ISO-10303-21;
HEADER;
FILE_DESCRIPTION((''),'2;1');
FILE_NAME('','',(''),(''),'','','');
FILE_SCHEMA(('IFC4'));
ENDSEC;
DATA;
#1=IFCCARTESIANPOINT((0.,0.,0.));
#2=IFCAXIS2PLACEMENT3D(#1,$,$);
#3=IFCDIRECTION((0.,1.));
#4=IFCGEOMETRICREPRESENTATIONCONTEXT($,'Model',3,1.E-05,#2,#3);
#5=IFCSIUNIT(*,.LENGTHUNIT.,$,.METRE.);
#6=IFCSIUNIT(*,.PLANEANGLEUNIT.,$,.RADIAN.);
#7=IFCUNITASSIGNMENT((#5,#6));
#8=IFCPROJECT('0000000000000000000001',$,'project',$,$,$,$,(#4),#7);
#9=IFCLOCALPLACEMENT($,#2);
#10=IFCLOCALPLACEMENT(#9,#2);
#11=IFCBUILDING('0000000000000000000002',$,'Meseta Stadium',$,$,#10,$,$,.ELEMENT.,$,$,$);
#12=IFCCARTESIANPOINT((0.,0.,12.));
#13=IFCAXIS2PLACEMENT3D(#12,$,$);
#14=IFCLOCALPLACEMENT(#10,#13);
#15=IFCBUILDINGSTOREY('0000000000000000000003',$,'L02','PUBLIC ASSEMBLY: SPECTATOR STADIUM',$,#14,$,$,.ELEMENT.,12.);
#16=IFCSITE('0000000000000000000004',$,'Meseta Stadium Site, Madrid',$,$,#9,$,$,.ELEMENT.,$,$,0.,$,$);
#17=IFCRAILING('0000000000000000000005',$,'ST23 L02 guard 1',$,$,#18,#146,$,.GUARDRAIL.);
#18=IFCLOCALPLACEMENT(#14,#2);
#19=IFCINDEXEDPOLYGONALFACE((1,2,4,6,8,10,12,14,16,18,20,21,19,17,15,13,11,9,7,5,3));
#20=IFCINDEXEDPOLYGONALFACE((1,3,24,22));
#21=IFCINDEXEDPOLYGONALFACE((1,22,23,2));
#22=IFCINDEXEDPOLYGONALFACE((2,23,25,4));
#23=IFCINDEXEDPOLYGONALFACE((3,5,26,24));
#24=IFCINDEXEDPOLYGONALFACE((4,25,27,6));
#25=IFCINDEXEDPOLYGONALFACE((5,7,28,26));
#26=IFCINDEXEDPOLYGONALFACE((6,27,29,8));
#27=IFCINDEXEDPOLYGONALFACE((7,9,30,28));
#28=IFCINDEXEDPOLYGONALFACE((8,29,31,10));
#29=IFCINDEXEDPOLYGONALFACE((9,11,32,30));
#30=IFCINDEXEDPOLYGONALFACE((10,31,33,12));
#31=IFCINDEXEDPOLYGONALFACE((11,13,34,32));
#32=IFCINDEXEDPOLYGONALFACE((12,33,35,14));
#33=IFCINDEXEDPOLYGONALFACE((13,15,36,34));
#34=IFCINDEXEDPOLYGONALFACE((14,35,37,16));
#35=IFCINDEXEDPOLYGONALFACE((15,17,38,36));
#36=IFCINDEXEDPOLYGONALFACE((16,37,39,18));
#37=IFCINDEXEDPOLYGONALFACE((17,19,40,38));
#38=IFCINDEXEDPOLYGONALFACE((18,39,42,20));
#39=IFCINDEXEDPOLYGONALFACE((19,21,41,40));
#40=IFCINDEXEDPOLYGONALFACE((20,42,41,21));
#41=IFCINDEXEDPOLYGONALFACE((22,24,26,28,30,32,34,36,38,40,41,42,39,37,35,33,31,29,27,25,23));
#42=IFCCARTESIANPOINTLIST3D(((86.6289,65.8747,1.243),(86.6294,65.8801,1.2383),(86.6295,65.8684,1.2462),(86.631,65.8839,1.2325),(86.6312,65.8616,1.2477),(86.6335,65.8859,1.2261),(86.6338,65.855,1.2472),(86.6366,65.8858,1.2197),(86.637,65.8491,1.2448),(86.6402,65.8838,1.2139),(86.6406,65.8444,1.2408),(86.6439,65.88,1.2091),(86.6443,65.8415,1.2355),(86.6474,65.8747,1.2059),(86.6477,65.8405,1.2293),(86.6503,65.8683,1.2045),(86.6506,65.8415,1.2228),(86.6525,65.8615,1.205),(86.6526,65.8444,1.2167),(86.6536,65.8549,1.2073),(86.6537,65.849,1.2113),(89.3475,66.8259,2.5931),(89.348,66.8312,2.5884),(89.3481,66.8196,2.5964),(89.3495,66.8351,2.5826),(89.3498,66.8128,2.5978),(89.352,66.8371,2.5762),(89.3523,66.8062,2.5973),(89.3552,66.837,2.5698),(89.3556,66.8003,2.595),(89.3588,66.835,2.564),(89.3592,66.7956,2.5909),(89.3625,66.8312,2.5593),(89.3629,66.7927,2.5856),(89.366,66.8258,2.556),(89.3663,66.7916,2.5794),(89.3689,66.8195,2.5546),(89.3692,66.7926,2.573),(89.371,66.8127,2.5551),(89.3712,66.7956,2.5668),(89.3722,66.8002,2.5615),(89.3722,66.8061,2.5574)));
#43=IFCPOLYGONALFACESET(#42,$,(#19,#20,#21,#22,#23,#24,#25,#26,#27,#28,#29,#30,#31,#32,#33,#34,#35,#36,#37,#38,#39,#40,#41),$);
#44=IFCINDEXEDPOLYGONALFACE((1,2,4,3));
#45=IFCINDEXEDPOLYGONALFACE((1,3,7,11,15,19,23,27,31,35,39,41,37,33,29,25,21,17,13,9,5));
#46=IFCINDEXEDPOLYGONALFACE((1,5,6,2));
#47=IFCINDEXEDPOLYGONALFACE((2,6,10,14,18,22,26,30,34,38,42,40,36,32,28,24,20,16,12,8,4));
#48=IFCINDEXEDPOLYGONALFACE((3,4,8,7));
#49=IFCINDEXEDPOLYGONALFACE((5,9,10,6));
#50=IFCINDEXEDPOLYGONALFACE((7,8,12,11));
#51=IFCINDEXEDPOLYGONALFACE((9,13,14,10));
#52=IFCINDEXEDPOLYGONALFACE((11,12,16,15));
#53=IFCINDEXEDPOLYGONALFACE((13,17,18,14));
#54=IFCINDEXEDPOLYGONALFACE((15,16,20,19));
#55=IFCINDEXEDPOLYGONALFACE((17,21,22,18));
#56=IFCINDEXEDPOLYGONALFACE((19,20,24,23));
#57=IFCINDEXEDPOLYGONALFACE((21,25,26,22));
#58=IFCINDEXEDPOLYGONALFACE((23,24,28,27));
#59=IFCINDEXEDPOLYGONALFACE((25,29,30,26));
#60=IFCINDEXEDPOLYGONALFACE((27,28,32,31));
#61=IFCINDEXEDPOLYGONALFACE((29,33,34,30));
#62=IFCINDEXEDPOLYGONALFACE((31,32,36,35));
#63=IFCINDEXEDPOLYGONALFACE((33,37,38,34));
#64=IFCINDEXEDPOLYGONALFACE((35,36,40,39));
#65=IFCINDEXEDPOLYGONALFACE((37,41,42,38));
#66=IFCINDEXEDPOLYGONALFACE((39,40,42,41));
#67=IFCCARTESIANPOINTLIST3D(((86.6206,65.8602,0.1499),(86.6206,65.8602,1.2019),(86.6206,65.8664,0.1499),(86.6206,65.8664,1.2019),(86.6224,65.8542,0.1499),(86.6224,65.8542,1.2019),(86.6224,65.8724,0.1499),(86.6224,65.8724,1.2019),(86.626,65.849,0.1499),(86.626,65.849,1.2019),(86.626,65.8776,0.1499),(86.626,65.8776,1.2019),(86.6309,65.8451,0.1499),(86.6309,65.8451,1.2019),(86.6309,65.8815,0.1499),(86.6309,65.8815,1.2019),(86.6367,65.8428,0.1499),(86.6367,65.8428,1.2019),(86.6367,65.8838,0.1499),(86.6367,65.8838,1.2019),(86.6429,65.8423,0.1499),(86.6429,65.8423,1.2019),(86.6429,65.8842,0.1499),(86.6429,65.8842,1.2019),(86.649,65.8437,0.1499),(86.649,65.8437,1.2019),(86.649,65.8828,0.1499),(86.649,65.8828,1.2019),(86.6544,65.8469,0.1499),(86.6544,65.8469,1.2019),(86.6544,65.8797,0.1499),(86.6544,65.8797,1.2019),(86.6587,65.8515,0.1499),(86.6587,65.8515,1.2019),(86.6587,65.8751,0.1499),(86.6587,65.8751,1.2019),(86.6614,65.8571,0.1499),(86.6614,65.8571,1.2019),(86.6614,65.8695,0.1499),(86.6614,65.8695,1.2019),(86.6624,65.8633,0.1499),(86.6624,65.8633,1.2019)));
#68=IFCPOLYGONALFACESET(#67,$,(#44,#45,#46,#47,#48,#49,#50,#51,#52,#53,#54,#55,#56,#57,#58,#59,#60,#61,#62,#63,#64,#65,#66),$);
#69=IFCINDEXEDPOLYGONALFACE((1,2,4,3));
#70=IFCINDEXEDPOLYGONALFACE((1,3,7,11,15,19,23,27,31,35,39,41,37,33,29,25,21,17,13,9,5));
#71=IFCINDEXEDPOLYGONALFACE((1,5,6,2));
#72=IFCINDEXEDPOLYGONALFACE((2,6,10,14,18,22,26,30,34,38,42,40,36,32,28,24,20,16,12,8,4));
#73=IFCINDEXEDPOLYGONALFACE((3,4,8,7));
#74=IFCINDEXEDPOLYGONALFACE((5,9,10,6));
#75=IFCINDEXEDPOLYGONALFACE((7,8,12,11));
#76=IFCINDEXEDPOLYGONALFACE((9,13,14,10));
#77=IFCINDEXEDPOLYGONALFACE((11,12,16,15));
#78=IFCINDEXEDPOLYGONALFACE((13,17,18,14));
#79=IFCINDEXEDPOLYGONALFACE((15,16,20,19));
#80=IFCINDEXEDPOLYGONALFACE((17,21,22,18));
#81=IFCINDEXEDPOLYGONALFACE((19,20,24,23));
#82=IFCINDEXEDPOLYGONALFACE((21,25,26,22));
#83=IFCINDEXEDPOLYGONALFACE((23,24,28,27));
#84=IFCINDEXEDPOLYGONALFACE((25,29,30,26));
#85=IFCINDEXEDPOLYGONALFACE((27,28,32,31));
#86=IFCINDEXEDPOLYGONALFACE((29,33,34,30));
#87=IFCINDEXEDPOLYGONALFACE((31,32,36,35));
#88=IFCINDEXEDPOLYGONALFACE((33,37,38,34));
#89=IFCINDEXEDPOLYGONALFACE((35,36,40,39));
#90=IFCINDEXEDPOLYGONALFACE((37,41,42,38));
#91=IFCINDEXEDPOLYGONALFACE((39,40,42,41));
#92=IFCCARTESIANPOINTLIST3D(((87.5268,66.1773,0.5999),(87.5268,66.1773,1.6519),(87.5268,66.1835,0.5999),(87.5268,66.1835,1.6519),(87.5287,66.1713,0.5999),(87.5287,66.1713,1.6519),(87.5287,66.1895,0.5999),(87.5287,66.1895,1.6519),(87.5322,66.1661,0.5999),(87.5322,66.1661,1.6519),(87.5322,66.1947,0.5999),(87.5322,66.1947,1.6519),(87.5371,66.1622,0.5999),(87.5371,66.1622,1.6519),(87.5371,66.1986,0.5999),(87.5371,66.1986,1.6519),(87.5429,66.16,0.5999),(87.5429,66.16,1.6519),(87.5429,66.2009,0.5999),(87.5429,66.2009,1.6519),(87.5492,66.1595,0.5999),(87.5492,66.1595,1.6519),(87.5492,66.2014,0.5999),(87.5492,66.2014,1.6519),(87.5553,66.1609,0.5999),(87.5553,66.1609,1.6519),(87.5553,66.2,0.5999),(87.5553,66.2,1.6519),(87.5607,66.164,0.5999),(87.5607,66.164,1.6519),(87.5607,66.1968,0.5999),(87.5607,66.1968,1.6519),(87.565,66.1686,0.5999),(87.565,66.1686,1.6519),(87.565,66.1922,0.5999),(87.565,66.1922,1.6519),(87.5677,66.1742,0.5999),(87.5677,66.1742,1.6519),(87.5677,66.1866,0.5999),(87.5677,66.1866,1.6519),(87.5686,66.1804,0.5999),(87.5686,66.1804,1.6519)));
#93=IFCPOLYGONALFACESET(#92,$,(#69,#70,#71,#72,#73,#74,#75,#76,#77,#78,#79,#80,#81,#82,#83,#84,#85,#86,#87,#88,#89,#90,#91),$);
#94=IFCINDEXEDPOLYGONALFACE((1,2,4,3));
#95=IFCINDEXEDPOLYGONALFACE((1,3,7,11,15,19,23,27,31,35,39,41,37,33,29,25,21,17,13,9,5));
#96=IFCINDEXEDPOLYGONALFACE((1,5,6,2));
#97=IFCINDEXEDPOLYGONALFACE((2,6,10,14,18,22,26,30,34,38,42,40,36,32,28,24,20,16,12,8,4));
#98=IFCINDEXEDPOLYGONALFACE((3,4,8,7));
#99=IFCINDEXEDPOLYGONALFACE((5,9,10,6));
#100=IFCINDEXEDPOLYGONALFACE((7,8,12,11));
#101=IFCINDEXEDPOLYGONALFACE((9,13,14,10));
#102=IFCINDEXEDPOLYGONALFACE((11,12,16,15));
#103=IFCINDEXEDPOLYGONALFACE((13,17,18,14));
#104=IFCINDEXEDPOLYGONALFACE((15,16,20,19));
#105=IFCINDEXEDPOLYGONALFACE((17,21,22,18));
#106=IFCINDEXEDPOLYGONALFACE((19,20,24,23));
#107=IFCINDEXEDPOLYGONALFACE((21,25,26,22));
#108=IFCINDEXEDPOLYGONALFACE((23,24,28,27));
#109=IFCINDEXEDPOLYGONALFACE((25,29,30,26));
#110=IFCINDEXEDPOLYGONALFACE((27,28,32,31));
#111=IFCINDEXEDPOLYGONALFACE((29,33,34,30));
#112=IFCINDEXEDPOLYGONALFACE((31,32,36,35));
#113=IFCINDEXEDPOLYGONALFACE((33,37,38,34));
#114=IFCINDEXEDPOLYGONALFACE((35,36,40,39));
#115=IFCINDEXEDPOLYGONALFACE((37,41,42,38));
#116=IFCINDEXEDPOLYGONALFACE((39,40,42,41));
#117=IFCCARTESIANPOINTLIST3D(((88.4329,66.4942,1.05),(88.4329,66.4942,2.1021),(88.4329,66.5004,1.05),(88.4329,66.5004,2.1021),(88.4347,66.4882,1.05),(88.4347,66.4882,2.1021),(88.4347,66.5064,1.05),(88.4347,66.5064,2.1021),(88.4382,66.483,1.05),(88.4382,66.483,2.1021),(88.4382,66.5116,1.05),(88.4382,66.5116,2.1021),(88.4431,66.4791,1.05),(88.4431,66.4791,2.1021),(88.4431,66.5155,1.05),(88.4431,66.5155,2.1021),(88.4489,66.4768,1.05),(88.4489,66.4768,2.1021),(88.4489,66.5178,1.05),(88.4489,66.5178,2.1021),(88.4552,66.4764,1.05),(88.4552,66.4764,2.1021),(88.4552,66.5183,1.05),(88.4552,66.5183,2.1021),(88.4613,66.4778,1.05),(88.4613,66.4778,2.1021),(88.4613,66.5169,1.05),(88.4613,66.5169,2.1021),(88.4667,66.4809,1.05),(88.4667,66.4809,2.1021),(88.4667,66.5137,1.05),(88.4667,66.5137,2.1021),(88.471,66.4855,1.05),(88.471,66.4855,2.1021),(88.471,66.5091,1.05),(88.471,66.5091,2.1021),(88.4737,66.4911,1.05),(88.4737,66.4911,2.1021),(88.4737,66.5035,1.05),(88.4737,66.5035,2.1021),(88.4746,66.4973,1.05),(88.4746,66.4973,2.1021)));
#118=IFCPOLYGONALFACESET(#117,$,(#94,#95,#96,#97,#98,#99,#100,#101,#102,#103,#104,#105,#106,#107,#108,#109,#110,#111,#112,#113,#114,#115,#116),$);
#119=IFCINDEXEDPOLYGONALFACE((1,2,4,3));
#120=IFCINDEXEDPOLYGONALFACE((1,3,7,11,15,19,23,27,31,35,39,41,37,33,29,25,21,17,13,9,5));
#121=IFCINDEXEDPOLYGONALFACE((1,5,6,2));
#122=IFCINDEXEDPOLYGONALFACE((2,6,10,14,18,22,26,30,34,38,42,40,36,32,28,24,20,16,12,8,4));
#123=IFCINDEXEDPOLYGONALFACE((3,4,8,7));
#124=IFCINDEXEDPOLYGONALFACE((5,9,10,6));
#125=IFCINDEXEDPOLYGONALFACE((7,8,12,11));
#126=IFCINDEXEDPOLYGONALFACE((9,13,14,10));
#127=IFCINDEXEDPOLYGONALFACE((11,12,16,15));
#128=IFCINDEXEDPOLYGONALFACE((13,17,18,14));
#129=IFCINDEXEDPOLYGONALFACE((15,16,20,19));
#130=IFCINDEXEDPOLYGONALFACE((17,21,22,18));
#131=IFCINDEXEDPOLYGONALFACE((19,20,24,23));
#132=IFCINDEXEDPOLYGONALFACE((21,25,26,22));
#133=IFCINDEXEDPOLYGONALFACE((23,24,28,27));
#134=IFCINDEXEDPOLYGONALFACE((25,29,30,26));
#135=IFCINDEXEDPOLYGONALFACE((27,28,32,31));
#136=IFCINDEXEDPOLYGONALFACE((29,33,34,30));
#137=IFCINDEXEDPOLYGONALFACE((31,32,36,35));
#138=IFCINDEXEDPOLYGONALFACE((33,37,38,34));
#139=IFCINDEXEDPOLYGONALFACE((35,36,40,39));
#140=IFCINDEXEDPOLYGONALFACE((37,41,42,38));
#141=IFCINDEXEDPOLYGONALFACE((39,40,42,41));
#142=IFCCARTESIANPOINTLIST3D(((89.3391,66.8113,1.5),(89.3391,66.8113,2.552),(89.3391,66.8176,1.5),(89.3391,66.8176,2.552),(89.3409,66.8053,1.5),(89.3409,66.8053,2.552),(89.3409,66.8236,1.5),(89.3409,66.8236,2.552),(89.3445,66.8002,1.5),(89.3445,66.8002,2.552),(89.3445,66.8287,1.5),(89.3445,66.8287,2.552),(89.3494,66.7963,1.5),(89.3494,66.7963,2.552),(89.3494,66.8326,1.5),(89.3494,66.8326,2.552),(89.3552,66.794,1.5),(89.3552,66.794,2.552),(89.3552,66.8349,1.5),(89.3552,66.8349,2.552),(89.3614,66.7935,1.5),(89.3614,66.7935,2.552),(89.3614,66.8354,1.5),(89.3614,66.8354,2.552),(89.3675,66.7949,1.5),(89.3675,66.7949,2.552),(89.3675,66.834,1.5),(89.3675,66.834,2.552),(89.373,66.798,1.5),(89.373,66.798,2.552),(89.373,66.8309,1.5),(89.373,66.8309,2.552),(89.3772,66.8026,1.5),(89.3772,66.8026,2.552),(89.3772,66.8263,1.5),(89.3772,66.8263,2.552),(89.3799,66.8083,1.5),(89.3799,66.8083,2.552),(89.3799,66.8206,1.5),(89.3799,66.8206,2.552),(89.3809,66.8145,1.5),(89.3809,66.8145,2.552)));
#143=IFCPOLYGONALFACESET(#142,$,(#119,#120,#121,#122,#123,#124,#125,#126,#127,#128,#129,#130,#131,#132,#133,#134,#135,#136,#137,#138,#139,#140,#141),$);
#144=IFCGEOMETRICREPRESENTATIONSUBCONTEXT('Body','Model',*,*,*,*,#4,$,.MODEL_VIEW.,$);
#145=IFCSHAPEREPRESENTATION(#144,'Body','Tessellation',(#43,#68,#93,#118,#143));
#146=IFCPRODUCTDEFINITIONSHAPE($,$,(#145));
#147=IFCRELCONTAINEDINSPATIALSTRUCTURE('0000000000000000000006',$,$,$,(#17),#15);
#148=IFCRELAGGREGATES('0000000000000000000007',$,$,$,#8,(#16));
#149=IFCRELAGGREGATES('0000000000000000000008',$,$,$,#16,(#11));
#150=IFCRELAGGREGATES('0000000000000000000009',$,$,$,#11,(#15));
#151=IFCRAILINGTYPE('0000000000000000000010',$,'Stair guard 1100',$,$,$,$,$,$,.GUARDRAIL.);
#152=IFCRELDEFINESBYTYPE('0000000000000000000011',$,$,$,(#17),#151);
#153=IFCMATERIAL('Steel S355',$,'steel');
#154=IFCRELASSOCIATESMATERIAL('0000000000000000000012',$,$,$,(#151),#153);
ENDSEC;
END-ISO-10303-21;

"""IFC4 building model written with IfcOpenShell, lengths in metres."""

from ifc_helpers import new_model, si_unit, direction, frame, origin, origin_2d, place, context, subcontext, project, spatial, circle, extrude, material, type_object, element, save


model = new_model("IFC4")

# Units and contexts
model_context = context("Model", 3, precision=1e-05, world=origin(), true_north=direction((0.0, 1.0)))
body_context = subcontext(model_context, "Body", "Model", "MODEL_VIEW")
ifc_project = project(units=[si_unit("LENGTHUNIT", "METRE"), si_unit("PLANEANGLEUNIT", "RADIAN")], contexts=[model_context])

# Site, building, storey
site_placement = place(None, origin())
site = spatial("IfcSite", under=ifc_project, at=site_placement, Name="Meseta Stadium Site, Madrid", CompositionType="ELEMENT", RefElevation=0.0)
building_placement = place(site_placement, origin())
building = spatial("IfcBuilding", under=site, at=building_placement, Name="Meseta Stadium", CompositionType="ELEMENT")
storey_placement = place(building_placement, frame((0.0, 0.0, 12.0)))
storey = spatial("IfcBuildingStorey", under=building, at=storey_placement, Name="L02", Description="PUBLIC ASSEMBLY: SPECTATOR STADIUM", CompositionType="ELEMENT", Elevation=12.0)

# Railing
ifc_material_1 = material(Name="Steel S355", Category="steel")
railing_type_1 = type_object("IfcRailingType", Name="Stair guard 1100", PredefinedType="GUARDRAIL", material=ifc_material_1)
railing_1_placement = place(storey_placement, frame((86.6414, 65.8633, 0.1499)))
element("IfcRailing", 1, at=railing_1_placement, inside=storey, type_object=railing_type_1, Name="ST23 L02 guard 1", PredefinedType="GUARDRAIL", context=body_context, shape_type="SweptSolid", body=[
    extrude(circle(Radius=0.0239, at=origin_2d()), frame((0.0, 0.0, 1.0762), z_axis=(0.854649, 0.299031, 0.424446), x_axis=(-0.330256, 0.943891, 0.0)), (0.0, 0.0, 1.0), 3.1809),
    extrude(circle(Radius=0.021, at=origin_2d()), origin(), (0.0, 0.0, 1.0), 1.052),
    extrude(circle(Radius=0.021, at=origin_2d()), frame((0.9062, 0.3171, 0.45)), (0.0, 0.0, 1.0), 1.052),
    extrude(circle(Radius=0.021, at=origin_2d()), frame((1.8123, 0.634, 0.9001)), (0.0, 0.0, 1.0), 1.052),
    extrude(circle(Radius=0.021, at=origin_2d()), frame((2.7185, 0.9512, 1.3501)), (0.0, 0.0, 1.0), 1.052),
])

save(model, "model.ifc")
